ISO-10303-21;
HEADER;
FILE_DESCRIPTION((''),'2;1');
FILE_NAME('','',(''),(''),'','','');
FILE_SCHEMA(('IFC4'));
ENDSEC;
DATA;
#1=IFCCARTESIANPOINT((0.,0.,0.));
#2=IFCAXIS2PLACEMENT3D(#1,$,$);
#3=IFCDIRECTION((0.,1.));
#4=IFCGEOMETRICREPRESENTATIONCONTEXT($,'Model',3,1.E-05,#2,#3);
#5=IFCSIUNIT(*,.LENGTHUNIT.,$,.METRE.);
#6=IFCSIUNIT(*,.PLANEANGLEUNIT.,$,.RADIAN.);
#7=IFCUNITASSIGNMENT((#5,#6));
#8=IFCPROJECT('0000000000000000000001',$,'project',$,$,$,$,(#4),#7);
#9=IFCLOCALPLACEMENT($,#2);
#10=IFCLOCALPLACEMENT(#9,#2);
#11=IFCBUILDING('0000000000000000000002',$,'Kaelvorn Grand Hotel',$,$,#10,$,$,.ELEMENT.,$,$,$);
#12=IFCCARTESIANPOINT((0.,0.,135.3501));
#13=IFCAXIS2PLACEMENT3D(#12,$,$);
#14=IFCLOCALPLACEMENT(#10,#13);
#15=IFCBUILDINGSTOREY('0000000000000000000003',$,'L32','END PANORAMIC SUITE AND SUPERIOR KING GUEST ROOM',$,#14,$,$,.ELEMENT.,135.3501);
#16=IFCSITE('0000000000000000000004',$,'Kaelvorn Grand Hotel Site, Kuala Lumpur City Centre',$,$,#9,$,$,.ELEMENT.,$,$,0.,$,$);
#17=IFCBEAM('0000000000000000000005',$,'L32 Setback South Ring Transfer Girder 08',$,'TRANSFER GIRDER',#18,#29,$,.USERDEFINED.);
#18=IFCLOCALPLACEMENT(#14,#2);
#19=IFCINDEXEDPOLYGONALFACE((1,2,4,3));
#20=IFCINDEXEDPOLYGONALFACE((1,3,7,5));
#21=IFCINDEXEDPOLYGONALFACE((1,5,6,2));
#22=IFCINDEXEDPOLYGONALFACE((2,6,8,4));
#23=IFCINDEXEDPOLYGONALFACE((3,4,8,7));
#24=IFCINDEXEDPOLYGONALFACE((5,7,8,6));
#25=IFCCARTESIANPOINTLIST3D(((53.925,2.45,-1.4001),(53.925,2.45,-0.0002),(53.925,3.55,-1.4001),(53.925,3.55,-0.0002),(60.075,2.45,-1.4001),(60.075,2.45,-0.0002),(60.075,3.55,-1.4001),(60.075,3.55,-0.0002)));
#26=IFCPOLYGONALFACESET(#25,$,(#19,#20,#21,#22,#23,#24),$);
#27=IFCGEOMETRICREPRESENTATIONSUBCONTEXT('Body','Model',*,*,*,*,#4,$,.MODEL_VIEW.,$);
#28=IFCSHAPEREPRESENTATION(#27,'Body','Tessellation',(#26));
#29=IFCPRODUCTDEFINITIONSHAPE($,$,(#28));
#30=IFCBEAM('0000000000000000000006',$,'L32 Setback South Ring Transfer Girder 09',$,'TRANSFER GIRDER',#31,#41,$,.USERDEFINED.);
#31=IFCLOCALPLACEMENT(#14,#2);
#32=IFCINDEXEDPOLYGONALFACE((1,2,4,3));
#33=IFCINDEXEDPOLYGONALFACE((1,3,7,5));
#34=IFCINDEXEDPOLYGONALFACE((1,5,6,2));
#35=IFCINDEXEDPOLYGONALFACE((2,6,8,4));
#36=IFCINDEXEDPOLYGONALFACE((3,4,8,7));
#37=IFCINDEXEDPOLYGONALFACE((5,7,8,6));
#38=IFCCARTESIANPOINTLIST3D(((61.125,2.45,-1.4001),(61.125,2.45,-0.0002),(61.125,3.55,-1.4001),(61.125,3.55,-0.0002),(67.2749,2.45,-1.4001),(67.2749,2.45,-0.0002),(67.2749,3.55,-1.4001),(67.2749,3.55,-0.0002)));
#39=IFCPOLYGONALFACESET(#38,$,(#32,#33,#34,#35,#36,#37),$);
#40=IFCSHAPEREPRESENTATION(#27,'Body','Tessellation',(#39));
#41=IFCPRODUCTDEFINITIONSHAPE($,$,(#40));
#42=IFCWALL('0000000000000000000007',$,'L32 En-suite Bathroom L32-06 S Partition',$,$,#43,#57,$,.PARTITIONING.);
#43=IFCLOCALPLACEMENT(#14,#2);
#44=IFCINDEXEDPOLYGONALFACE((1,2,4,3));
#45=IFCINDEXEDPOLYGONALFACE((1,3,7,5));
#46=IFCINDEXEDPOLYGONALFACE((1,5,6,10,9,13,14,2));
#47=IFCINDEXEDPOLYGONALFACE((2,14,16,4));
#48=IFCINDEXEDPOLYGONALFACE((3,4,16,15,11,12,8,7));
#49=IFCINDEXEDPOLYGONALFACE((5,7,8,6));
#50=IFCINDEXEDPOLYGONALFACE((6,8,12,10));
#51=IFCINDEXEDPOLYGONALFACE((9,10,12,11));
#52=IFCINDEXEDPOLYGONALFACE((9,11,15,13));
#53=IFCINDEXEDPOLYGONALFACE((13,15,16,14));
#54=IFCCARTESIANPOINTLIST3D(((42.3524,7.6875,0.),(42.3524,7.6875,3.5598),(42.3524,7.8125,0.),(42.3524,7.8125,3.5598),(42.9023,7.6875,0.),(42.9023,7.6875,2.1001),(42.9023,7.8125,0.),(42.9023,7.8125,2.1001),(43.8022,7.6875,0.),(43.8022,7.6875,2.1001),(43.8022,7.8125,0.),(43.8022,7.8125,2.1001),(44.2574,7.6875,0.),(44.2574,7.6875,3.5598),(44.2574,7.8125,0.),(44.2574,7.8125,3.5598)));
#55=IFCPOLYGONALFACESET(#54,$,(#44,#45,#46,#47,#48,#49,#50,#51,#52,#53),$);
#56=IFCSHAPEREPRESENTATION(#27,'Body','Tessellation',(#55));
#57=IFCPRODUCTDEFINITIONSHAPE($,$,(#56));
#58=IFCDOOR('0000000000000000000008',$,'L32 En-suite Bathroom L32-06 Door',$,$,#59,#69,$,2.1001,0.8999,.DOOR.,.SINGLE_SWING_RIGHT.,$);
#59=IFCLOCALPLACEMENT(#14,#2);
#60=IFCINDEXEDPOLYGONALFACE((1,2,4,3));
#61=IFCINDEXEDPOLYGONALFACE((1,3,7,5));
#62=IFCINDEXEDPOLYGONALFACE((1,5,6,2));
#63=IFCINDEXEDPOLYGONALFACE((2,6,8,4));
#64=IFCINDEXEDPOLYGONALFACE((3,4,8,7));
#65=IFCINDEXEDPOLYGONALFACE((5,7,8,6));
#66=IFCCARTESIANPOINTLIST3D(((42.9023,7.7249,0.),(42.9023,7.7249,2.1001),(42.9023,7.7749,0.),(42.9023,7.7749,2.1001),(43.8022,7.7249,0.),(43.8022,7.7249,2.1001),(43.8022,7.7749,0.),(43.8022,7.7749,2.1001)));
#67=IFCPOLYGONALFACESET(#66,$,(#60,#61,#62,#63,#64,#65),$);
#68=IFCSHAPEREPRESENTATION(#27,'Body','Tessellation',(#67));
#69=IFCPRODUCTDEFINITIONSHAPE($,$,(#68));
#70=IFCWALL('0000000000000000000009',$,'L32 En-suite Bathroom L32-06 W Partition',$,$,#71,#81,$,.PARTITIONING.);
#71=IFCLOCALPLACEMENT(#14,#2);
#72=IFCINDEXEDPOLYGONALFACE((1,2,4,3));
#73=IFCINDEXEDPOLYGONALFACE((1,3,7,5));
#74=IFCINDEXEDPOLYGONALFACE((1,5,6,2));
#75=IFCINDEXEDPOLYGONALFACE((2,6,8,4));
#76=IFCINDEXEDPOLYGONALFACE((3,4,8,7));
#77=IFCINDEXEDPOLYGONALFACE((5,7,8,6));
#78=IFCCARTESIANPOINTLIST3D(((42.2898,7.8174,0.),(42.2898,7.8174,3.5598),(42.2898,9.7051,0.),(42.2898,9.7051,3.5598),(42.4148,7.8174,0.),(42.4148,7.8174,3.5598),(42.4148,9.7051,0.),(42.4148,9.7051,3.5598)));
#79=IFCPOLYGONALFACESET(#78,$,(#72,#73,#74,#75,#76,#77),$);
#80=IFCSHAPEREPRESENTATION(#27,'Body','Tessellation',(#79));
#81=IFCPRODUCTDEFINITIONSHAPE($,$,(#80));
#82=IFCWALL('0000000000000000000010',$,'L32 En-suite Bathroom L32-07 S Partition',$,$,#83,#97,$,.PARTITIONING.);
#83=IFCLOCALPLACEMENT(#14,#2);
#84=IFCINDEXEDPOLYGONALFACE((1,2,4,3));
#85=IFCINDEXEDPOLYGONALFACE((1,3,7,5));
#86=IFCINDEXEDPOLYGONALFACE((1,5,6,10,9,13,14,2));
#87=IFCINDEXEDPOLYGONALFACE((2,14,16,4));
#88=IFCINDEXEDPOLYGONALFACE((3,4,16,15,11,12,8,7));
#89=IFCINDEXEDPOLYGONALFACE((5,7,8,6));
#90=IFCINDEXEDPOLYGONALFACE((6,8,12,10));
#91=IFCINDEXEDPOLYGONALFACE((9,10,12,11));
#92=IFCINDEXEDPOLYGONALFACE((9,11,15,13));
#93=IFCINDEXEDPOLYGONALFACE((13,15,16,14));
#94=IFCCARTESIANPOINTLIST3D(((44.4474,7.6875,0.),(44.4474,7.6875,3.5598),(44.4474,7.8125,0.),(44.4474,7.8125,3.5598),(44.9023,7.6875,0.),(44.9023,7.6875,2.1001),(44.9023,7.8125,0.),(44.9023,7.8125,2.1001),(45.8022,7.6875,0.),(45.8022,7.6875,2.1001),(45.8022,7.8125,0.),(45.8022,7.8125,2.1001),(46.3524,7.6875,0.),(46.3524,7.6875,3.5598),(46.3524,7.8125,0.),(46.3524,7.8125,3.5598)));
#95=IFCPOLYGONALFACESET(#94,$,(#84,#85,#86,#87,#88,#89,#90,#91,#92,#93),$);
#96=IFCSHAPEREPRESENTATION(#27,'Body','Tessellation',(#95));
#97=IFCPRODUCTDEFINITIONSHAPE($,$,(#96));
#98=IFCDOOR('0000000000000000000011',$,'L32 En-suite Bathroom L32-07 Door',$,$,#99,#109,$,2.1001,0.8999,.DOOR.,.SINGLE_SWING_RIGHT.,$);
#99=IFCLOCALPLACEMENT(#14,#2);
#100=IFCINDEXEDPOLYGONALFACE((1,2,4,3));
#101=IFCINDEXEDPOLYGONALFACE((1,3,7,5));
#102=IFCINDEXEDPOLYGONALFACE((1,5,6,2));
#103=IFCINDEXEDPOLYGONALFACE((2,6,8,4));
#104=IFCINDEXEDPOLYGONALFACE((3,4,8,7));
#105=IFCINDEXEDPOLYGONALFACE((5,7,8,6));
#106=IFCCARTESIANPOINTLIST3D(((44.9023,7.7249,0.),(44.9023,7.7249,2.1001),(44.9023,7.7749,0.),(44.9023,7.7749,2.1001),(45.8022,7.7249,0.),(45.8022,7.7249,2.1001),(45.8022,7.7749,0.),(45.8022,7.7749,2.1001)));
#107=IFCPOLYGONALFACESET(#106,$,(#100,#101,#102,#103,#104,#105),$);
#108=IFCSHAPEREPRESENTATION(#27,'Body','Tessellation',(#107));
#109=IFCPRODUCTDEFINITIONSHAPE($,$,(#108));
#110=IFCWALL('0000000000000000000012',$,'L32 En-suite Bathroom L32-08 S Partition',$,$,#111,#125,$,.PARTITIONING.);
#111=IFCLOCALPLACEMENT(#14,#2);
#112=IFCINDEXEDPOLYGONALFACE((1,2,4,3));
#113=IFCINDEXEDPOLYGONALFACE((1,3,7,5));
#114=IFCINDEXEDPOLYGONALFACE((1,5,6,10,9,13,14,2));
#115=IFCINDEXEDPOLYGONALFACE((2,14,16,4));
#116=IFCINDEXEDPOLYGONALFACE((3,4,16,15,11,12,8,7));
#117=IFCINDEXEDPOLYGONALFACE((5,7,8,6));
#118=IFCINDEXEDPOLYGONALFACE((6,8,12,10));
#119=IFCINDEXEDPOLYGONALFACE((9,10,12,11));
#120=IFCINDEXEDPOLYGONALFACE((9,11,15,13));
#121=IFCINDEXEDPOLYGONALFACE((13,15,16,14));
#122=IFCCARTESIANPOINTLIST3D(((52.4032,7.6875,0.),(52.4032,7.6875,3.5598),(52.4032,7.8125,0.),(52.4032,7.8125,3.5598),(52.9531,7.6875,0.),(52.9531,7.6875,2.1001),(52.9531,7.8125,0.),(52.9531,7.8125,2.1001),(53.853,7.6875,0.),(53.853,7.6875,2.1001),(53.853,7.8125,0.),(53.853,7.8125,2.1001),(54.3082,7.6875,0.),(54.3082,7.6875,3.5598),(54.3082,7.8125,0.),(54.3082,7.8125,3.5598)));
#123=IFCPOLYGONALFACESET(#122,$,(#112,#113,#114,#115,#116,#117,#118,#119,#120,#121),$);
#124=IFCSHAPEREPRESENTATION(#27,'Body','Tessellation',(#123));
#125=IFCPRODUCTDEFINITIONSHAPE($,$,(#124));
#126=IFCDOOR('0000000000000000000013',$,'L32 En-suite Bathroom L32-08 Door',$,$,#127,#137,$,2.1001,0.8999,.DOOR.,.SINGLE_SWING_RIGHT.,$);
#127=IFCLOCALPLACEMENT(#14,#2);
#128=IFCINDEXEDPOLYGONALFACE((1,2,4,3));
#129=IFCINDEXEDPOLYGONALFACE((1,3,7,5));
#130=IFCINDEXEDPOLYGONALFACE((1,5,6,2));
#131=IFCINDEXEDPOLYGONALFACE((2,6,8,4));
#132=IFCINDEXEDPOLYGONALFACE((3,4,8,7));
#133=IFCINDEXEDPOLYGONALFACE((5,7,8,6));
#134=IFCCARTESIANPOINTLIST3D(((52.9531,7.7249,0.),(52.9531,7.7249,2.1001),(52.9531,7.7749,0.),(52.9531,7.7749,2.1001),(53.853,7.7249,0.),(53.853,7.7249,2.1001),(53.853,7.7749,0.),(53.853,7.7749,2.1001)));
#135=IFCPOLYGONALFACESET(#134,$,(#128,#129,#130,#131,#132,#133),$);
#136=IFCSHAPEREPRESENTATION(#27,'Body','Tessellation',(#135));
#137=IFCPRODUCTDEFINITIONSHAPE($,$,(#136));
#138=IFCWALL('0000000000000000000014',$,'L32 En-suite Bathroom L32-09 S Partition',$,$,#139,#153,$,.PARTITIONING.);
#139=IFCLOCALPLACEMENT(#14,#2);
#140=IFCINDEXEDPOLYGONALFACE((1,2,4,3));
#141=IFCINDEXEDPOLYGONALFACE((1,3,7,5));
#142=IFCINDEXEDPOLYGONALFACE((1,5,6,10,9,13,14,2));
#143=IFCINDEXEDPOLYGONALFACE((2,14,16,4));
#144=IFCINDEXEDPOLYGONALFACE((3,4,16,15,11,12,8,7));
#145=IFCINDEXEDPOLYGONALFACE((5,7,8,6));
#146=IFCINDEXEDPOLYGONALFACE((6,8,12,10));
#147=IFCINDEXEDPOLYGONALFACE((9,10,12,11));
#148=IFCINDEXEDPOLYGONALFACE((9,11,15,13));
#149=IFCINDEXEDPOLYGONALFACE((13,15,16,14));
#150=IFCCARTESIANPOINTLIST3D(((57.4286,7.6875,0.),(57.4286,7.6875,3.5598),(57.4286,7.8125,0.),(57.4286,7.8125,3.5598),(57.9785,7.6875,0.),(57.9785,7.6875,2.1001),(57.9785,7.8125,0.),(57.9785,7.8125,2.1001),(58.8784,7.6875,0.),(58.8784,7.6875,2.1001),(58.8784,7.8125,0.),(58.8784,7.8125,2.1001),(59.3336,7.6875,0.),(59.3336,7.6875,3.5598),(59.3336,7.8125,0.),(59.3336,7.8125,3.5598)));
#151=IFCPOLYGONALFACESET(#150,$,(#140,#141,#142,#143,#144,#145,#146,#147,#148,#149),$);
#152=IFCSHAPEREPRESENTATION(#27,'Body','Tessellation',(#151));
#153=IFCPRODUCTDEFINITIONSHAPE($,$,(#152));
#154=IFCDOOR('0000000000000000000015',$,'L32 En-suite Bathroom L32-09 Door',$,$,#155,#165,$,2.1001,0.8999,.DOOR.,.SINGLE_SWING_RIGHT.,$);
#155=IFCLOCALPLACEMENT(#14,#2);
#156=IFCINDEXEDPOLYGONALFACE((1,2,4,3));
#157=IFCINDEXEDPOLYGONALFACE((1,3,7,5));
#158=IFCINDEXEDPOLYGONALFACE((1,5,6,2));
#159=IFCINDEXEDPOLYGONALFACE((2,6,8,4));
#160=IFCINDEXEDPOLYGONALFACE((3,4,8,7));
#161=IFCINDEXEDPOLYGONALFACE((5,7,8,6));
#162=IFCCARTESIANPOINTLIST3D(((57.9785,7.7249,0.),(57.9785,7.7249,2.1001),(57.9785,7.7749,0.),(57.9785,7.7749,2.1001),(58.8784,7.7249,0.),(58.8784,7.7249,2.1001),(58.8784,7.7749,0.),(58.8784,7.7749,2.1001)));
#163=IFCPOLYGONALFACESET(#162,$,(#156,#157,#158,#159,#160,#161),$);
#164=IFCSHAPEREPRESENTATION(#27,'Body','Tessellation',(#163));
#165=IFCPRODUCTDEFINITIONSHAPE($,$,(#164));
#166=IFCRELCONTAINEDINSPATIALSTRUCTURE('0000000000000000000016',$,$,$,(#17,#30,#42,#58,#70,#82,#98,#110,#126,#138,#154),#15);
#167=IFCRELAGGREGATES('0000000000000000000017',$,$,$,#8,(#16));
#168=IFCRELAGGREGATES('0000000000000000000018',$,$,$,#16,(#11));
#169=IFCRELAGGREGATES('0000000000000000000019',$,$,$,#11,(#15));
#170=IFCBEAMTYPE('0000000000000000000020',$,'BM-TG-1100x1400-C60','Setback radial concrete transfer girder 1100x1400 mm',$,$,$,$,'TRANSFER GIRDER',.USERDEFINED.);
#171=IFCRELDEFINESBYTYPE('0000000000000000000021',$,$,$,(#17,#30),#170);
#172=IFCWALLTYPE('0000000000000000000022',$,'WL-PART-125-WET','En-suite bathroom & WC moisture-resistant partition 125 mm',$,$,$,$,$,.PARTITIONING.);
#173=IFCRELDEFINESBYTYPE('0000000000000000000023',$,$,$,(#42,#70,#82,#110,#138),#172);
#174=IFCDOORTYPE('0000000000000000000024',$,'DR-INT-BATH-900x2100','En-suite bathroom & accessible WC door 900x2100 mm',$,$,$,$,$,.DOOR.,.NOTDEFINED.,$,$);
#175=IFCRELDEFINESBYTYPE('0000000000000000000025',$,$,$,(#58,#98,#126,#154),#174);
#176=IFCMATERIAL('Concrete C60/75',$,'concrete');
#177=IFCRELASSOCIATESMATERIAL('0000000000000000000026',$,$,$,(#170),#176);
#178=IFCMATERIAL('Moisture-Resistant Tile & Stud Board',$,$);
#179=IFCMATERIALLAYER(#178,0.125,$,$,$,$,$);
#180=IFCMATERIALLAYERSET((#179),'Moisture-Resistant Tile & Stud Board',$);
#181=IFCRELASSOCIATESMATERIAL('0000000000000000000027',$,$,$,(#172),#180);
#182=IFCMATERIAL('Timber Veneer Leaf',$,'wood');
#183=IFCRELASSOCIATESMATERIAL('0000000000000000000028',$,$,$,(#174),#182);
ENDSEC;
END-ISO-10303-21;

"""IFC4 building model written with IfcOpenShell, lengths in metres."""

from ifc_helpers import new_model, si_unit, direction, frame, frame_2d, origin, origin_2d, place, context, subcontext, project, spatial, rectangle, extrude, material, layer, layer_set, material_profile, profile_set, type_object, element, fill, save


model = new_model("IFC4")

# Units and contexts
model_context = context("Model", 3, precision=1e-05, world=origin(), true_north=direction((0.0, 1.0)))
body_context = subcontext(model_context, "Body", "Model", "MODEL_VIEW")
ifc_project = project(units=[si_unit("LENGTHUNIT", "METRE"), si_unit("PLANEANGLEUNIT", "RADIAN")], contexts=[model_context])

# Site, building, storey
site_placement = place(None, origin())
site = spatial("IfcSite", under=ifc_project, at=site_placement, Name="Kaelvorn Grand Hotel Site, Kuala Lumpur City Centre", CompositionType="ELEMENT", RefElevation=0.0)
building_placement = place(site_placement, origin())
building = spatial("IfcBuilding", under=site, at=building_placement, Name="Kaelvorn Grand Hotel", CompositionType="ELEMENT")
storey_placement = place(building_placement, frame((0.0, 0.0, 135.3501)))
storey = spatial("IfcBuildingStorey", under=building, at=storey_placement, Name="L32", Description="END PANORAMIC SUITE AND SUPERIOR KING GUEST ROOM", CompositionType="ELEMENT", Elevation=135.3501)

# Shared definitions
ifc_material_1 = material(Name="Concrete C60/75", Category="concrete")

# Beams
ifc_material_profile_1 = material_profile(ifc_material_1, rectangle(XDim=1.1001, YDim=1.3999, at=origin_2d()), Name="RC TG 1100x1400")
ifc_profile_set_1 = profile_set([ifc_material_profile_1], Name="Concrete C60/75")
beam_type_1 = type_object("IfcBeamType", Name="BM-TG-1100x1400-C60", Description="Setback radial concrete transfer girder 1100x1400 mm", ElementType="TRANSFER GIRDER", PredefinedType="USERDEFINED", material=ifc_profile_set_1)
for number, where, z_axis, x_axis, name in (
    (1, (53.925, 3.0, -0.7002), (1.0, 0.0, 0.0), (0.0, 1.0, 0.0), "L32 Setback South Ring Transfer Girder 08"),
    (2, (61.125, 3.0, -0.7002), (1.0, 0.0, 0.0), (0.0, 1.0, 0.0), "L32 Setback South Ring Transfer Girder 09"),
):
    element("IfcBeam", number, at=place(storey_placement, frame(where, z_axis=z_axis, x_axis=x_axis)), inside=storey, type_object=beam_type_1, Name=name, ObjectType="TRANSFER GIRDER", PredefinedType="USERDEFINED", context=body_context, shape_type="SweptSolid", body=[
        extrude(rectangle(XDim=1.1001, YDim=1.3999, at=origin_2d()), origin(), (0.0, 0.0, 1.0), 6.1499),
    ])

# Wall, opening, door
ifc_material_2 = material(Name="Moisture-Resistant Tile & Stud Board")
ifc_layer_1 = layer(ifc_material_2, 0.125)
ifc_layer_set_1 = layer_set([ifc_layer_1], Name="Moisture-Resistant Tile & Stud Board")
wall_type_1 = type_object("IfcWallType", Name="WL-PART-125-WET", Description="En-suite bathroom & WC moisture-resistant partition 125 mm", PredefinedType="PARTITIONING", material=ifc_layer_set_1)
wall_1_placement = place(storey_placement, frame((42.3523, 7.75, 0.0), z_axis=(0.0, 0.0, 1.0), x_axis=(1.0, 0.0, 0.0)))
wall_1 = element("IfcWall", 3, at=wall_1_placement, inside=storey, type_object=wall_type_1, Name="L32 En-suite Bathroom L32-06 S Partition", PredefinedType="PARTITIONING", context=body_context, shape_type="SweptSolid", body=[
    extrude(rectangle(XDim=1.905, YDim=0.125, at=frame_2d((0.9526, 0.0))), origin(), (0.0, 0.0, 1.0), 3.5598),
])
opening_1_placement = place(wall_1_placement, frame((0.55, 0.0, 0.0)))
opening_1 = element("IfcOpeningElement", 4, at=opening_1_placement, cuts=wall_1, PredefinedType="OPENING", context=body_context, shape_type="SweptSolid", body=[
    extrude(rectangle(XDim=0.8999, YDim=2.1001, at=frame_2d((0.45, 1.05))), frame((0.0, 0.0725, 0.0), z_axis=(0.0, -1.0, 0.0), x_axis=(1.0, 0.0, 0.0)), (0.0, 0.0, 1.0), 0.145),
])
ifc_material_3 = material(Name="Timber Veneer Leaf", Category="wood")
door_type = type_object("IfcDoorType", Name="DR-INT-BATH-900x2100", Description="En-suite bathroom & accessible WC door 900x2100 mm", OperationType="NOTDEFINED", PredefinedType="DOOR", material=ifc_material_3)
door_1_placement = place(opening_1_placement, origin())
door_1 = element("IfcDoor", 5, at=door_1_placement, inside=storey, type_object=door_type, Name="L32 En-suite Bathroom L32-06 Door", OperationType="SINGLE_SWING_RIGHT", OverallHeight=2.1001, OverallWidth=0.8999, PredefinedType="DOOR", context=body_context, shape_type="SweptSolid", body=[
    extrude(rectangle(XDim=0.8999, YDim=2.1001, at=frame_2d((0.45, 1.05))), frame((0.0, 0.0249, 0.0), z_axis=(0.0, -1.0, 0.0), x_axis=(1.0, 0.0, 0.0)), (0.0, 0.0, 1.0), 0.05),
])
fill(opening_1, door_1)

# Wall
wall_2_placement = place(storey_placement, frame((42.3523, 7.8174, 0.0), z_axis=(0.0, 0.0, 1.0), x_axis=(0.0, 1.0, 0.0)))
element("IfcWall", 6, at=wall_2_placement, inside=storey, type_object=wall_type_1, Name="L32 En-suite Bathroom L32-06 W Partition", PredefinedType="PARTITIONING", context=body_context, shape_type="SweptSolid", body=[
    extrude(rectangle(XDim=1.8877, YDim=0.125, at=frame_2d((0.9438, 0.0))), origin(), (0.0, 0.0, 1.0), 3.5598),
])

# Walls, openings, doors
wall_3_placement = place(storey_placement, frame((44.4473, 7.75, 0.0), z_axis=(0.0, 0.0, 1.0), x_axis=(1.0, 0.0, 0.0)))
wall_3 = element("IfcWall", 7, at=wall_3_placement, inside=storey, type_object=wall_type_1, Name="L32 En-suite Bathroom L32-07 S Partition", PredefinedType="PARTITIONING", context=body_context, shape_type="SweptSolid", body=[
    extrude(rectangle(XDim=1.905, YDim=0.125, at=frame_2d((0.9526, 0.0))), origin(), (0.0, 0.0, 1.0), 3.5598),
])
opening_2_placement = place(wall_3_placement, frame((0.4551, 0.0, 0.0)))
opening_2 = element("IfcOpeningElement", 8, at=opening_2_placement, cuts=wall_3, PredefinedType="OPENING", context=body_context, shape_type="SweptSolid", body=[
    extrude(rectangle(XDim=0.8999, YDim=2.1001, at=frame_2d((0.45, 1.05))), frame((0.0, 0.0725, 0.0), z_axis=(0.0, -1.0, 0.0), x_axis=(1.0, 0.0, 0.0)), (0.0, 0.0, 1.0), 0.145),
])
door_2_placement = place(opening_2_placement, origin())
door_2 = element("IfcDoor", 9, at=door_2_placement, inside=storey, type_object=door_type, Name="L32 En-suite Bathroom L32-07 Door", OperationType="SINGLE_SWING_RIGHT", OverallHeight=2.1001, OverallWidth=0.8999, PredefinedType="DOOR", context=body_context, shape_type="SweptSolid", body=[
    extrude(rectangle(XDim=0.8999, YDim=2.1001, at=frame_2d((0.45, 1.05))), frame((0.0, 0.0249, 0.0), z_axis=(0.0, -1.0, 0.0), x_axis=(1.0, 0.0, 0.0)), (0.0, 0.0, 1.0), 0.05),
])
fill(opening_2, door_2)
wall_4_placement = place(storey_placement, frame((52.4031, 7.75, 0.0), z_axis=(0.0, 0.0, 1.0), x_axis=(1.0, 0.0, 0.0)))
wall_4 = element("IfcWall", 10, at=wall_4_placement, inside=storey, type_object=wall_type_1, Name="L32 En-suite Bathroom L32-08 S Partition", PredefinedType="PARTITIONING", context=body_context, shape_type="SweptSolid", body=[
    extrude(rectangle(XDim=1.905, YDim=0.125, at=frame_2d((0.9526, 0.0))), origin(), (0.0, 0.0, 1.0), 3.5598),
])
opening_3_placement = place(wall_4_placement, frame((0.55, 0.0, 0.0)))
opening_3 = element("IfcOpeningElement", 11, at=opening_3_placement, cuts=wall_4, PredefinedType="OPENING", context=body_context, shape_type="SweptSolid", body=[
    extrude(rectangle(XDim=0.8999, YDim=2.1001, at=frame_2d((0.45, 1.05))), frame((0.0, 0.0725, 0.0), z_axis=(0.0, -1.0, 0.0), x_axis=(1.0, 0.0, 0.0)), (0.0, 0.0, 1.0), 0.145),
])
door_3_placement = place(opening_3_placement, origin())
door_3 = element("IfcDoor", 12, at=door_3_placement, inside=storey, type_object=door_type, Name="L32 En-suite Bathroom L32-08 Door", OperationType="SINGLE_SWING_RIGHT", OverallHeight=2.1001, OverallWidth=0.8999, PredefinedType="DOOR", context=body_context, shape_type="SweptSolid", body=[
    extrude(rectangle(XDim=0.8999, YDim=2.1001, at=frame_2d((0.45, 1.05))), frame((0.0, 0.0249, 0.0), z_axis=(0.0, -1.0, 0.0), x_axis=(1.0, 0.0, 0.0)), (0.0, 0.0, 1.0), 0.05),
])
fill(opening_3, door_3)
wall_5_placement = place(storey_placement, frame((57.4285, 7.75, 0.0), z_axis=(0.0, 0.0, 1.0), x_axis=(1.0, 0.0, 0.0)))
wall_5 = element("IfcWall", 13, at=wall_5_placement, inside=storey, type_object=wall_type_1, Name="L32 En-suite Bathroom L32-09 S Partition", PredefinedType="PARTITIONING", context=body_context, shape_type="SweptSolid", body=[
    extrude(rectangle(XDim=1.905, YDim=0.125, at=frame_2d((0.9526, 0.0))), origin(), (0.0, 0.0, 1.0), 3.5598),
])
opening_4_placement = place(wall_5_placement, frame((0.55, 0.0, 0.0)))
opening_4 = element("IfcOpeningElement", 14, at=opening_4_placement, cuts=wall_5, PredefinedType="OPENING", context=body_context, shape_type="SweptSolid", body=[
    extrude(rectangle(XDim=0.8999, YDim=2.1001, at=frame_2d((0.45, 1.05))), frame((0.0, 0.0725, 0.0), z_axis=(0.0, -1.0, 0.0), x_axis=(1.0, 0.0, 0.0)), (0.0, 0.0, 1.0), 0.145),
])
door_4_placement = place(opening_4_placement, origin())
door_4 = element("IfcDoor", 15, at=door_4_placement, inside=storey, type_object=door_type, Name="L32 En-suite Bathroom L32-09 Door", OperationType="SINGLE_SWING_RIGHT", OverallHeight=2.1001, OverallWidth=0.8999, PredefinedType="DOOR", context=body_context, shape_type="SweptSolid", body=[
    extrude(rectangle(XDim=0.8999, YDim=2.1001, at=frame_2d((0.45, 1.05))), frame((0.0, 0.0249, 0.0), z_axis=(0.0, -1.0, 0.0), x_axis=(1.0, 0.0, 0.0)), (0.0, 0.0, 1.0), 0.05),
])
fill(opening_4, door_4)

save(model, "model.ifc")
